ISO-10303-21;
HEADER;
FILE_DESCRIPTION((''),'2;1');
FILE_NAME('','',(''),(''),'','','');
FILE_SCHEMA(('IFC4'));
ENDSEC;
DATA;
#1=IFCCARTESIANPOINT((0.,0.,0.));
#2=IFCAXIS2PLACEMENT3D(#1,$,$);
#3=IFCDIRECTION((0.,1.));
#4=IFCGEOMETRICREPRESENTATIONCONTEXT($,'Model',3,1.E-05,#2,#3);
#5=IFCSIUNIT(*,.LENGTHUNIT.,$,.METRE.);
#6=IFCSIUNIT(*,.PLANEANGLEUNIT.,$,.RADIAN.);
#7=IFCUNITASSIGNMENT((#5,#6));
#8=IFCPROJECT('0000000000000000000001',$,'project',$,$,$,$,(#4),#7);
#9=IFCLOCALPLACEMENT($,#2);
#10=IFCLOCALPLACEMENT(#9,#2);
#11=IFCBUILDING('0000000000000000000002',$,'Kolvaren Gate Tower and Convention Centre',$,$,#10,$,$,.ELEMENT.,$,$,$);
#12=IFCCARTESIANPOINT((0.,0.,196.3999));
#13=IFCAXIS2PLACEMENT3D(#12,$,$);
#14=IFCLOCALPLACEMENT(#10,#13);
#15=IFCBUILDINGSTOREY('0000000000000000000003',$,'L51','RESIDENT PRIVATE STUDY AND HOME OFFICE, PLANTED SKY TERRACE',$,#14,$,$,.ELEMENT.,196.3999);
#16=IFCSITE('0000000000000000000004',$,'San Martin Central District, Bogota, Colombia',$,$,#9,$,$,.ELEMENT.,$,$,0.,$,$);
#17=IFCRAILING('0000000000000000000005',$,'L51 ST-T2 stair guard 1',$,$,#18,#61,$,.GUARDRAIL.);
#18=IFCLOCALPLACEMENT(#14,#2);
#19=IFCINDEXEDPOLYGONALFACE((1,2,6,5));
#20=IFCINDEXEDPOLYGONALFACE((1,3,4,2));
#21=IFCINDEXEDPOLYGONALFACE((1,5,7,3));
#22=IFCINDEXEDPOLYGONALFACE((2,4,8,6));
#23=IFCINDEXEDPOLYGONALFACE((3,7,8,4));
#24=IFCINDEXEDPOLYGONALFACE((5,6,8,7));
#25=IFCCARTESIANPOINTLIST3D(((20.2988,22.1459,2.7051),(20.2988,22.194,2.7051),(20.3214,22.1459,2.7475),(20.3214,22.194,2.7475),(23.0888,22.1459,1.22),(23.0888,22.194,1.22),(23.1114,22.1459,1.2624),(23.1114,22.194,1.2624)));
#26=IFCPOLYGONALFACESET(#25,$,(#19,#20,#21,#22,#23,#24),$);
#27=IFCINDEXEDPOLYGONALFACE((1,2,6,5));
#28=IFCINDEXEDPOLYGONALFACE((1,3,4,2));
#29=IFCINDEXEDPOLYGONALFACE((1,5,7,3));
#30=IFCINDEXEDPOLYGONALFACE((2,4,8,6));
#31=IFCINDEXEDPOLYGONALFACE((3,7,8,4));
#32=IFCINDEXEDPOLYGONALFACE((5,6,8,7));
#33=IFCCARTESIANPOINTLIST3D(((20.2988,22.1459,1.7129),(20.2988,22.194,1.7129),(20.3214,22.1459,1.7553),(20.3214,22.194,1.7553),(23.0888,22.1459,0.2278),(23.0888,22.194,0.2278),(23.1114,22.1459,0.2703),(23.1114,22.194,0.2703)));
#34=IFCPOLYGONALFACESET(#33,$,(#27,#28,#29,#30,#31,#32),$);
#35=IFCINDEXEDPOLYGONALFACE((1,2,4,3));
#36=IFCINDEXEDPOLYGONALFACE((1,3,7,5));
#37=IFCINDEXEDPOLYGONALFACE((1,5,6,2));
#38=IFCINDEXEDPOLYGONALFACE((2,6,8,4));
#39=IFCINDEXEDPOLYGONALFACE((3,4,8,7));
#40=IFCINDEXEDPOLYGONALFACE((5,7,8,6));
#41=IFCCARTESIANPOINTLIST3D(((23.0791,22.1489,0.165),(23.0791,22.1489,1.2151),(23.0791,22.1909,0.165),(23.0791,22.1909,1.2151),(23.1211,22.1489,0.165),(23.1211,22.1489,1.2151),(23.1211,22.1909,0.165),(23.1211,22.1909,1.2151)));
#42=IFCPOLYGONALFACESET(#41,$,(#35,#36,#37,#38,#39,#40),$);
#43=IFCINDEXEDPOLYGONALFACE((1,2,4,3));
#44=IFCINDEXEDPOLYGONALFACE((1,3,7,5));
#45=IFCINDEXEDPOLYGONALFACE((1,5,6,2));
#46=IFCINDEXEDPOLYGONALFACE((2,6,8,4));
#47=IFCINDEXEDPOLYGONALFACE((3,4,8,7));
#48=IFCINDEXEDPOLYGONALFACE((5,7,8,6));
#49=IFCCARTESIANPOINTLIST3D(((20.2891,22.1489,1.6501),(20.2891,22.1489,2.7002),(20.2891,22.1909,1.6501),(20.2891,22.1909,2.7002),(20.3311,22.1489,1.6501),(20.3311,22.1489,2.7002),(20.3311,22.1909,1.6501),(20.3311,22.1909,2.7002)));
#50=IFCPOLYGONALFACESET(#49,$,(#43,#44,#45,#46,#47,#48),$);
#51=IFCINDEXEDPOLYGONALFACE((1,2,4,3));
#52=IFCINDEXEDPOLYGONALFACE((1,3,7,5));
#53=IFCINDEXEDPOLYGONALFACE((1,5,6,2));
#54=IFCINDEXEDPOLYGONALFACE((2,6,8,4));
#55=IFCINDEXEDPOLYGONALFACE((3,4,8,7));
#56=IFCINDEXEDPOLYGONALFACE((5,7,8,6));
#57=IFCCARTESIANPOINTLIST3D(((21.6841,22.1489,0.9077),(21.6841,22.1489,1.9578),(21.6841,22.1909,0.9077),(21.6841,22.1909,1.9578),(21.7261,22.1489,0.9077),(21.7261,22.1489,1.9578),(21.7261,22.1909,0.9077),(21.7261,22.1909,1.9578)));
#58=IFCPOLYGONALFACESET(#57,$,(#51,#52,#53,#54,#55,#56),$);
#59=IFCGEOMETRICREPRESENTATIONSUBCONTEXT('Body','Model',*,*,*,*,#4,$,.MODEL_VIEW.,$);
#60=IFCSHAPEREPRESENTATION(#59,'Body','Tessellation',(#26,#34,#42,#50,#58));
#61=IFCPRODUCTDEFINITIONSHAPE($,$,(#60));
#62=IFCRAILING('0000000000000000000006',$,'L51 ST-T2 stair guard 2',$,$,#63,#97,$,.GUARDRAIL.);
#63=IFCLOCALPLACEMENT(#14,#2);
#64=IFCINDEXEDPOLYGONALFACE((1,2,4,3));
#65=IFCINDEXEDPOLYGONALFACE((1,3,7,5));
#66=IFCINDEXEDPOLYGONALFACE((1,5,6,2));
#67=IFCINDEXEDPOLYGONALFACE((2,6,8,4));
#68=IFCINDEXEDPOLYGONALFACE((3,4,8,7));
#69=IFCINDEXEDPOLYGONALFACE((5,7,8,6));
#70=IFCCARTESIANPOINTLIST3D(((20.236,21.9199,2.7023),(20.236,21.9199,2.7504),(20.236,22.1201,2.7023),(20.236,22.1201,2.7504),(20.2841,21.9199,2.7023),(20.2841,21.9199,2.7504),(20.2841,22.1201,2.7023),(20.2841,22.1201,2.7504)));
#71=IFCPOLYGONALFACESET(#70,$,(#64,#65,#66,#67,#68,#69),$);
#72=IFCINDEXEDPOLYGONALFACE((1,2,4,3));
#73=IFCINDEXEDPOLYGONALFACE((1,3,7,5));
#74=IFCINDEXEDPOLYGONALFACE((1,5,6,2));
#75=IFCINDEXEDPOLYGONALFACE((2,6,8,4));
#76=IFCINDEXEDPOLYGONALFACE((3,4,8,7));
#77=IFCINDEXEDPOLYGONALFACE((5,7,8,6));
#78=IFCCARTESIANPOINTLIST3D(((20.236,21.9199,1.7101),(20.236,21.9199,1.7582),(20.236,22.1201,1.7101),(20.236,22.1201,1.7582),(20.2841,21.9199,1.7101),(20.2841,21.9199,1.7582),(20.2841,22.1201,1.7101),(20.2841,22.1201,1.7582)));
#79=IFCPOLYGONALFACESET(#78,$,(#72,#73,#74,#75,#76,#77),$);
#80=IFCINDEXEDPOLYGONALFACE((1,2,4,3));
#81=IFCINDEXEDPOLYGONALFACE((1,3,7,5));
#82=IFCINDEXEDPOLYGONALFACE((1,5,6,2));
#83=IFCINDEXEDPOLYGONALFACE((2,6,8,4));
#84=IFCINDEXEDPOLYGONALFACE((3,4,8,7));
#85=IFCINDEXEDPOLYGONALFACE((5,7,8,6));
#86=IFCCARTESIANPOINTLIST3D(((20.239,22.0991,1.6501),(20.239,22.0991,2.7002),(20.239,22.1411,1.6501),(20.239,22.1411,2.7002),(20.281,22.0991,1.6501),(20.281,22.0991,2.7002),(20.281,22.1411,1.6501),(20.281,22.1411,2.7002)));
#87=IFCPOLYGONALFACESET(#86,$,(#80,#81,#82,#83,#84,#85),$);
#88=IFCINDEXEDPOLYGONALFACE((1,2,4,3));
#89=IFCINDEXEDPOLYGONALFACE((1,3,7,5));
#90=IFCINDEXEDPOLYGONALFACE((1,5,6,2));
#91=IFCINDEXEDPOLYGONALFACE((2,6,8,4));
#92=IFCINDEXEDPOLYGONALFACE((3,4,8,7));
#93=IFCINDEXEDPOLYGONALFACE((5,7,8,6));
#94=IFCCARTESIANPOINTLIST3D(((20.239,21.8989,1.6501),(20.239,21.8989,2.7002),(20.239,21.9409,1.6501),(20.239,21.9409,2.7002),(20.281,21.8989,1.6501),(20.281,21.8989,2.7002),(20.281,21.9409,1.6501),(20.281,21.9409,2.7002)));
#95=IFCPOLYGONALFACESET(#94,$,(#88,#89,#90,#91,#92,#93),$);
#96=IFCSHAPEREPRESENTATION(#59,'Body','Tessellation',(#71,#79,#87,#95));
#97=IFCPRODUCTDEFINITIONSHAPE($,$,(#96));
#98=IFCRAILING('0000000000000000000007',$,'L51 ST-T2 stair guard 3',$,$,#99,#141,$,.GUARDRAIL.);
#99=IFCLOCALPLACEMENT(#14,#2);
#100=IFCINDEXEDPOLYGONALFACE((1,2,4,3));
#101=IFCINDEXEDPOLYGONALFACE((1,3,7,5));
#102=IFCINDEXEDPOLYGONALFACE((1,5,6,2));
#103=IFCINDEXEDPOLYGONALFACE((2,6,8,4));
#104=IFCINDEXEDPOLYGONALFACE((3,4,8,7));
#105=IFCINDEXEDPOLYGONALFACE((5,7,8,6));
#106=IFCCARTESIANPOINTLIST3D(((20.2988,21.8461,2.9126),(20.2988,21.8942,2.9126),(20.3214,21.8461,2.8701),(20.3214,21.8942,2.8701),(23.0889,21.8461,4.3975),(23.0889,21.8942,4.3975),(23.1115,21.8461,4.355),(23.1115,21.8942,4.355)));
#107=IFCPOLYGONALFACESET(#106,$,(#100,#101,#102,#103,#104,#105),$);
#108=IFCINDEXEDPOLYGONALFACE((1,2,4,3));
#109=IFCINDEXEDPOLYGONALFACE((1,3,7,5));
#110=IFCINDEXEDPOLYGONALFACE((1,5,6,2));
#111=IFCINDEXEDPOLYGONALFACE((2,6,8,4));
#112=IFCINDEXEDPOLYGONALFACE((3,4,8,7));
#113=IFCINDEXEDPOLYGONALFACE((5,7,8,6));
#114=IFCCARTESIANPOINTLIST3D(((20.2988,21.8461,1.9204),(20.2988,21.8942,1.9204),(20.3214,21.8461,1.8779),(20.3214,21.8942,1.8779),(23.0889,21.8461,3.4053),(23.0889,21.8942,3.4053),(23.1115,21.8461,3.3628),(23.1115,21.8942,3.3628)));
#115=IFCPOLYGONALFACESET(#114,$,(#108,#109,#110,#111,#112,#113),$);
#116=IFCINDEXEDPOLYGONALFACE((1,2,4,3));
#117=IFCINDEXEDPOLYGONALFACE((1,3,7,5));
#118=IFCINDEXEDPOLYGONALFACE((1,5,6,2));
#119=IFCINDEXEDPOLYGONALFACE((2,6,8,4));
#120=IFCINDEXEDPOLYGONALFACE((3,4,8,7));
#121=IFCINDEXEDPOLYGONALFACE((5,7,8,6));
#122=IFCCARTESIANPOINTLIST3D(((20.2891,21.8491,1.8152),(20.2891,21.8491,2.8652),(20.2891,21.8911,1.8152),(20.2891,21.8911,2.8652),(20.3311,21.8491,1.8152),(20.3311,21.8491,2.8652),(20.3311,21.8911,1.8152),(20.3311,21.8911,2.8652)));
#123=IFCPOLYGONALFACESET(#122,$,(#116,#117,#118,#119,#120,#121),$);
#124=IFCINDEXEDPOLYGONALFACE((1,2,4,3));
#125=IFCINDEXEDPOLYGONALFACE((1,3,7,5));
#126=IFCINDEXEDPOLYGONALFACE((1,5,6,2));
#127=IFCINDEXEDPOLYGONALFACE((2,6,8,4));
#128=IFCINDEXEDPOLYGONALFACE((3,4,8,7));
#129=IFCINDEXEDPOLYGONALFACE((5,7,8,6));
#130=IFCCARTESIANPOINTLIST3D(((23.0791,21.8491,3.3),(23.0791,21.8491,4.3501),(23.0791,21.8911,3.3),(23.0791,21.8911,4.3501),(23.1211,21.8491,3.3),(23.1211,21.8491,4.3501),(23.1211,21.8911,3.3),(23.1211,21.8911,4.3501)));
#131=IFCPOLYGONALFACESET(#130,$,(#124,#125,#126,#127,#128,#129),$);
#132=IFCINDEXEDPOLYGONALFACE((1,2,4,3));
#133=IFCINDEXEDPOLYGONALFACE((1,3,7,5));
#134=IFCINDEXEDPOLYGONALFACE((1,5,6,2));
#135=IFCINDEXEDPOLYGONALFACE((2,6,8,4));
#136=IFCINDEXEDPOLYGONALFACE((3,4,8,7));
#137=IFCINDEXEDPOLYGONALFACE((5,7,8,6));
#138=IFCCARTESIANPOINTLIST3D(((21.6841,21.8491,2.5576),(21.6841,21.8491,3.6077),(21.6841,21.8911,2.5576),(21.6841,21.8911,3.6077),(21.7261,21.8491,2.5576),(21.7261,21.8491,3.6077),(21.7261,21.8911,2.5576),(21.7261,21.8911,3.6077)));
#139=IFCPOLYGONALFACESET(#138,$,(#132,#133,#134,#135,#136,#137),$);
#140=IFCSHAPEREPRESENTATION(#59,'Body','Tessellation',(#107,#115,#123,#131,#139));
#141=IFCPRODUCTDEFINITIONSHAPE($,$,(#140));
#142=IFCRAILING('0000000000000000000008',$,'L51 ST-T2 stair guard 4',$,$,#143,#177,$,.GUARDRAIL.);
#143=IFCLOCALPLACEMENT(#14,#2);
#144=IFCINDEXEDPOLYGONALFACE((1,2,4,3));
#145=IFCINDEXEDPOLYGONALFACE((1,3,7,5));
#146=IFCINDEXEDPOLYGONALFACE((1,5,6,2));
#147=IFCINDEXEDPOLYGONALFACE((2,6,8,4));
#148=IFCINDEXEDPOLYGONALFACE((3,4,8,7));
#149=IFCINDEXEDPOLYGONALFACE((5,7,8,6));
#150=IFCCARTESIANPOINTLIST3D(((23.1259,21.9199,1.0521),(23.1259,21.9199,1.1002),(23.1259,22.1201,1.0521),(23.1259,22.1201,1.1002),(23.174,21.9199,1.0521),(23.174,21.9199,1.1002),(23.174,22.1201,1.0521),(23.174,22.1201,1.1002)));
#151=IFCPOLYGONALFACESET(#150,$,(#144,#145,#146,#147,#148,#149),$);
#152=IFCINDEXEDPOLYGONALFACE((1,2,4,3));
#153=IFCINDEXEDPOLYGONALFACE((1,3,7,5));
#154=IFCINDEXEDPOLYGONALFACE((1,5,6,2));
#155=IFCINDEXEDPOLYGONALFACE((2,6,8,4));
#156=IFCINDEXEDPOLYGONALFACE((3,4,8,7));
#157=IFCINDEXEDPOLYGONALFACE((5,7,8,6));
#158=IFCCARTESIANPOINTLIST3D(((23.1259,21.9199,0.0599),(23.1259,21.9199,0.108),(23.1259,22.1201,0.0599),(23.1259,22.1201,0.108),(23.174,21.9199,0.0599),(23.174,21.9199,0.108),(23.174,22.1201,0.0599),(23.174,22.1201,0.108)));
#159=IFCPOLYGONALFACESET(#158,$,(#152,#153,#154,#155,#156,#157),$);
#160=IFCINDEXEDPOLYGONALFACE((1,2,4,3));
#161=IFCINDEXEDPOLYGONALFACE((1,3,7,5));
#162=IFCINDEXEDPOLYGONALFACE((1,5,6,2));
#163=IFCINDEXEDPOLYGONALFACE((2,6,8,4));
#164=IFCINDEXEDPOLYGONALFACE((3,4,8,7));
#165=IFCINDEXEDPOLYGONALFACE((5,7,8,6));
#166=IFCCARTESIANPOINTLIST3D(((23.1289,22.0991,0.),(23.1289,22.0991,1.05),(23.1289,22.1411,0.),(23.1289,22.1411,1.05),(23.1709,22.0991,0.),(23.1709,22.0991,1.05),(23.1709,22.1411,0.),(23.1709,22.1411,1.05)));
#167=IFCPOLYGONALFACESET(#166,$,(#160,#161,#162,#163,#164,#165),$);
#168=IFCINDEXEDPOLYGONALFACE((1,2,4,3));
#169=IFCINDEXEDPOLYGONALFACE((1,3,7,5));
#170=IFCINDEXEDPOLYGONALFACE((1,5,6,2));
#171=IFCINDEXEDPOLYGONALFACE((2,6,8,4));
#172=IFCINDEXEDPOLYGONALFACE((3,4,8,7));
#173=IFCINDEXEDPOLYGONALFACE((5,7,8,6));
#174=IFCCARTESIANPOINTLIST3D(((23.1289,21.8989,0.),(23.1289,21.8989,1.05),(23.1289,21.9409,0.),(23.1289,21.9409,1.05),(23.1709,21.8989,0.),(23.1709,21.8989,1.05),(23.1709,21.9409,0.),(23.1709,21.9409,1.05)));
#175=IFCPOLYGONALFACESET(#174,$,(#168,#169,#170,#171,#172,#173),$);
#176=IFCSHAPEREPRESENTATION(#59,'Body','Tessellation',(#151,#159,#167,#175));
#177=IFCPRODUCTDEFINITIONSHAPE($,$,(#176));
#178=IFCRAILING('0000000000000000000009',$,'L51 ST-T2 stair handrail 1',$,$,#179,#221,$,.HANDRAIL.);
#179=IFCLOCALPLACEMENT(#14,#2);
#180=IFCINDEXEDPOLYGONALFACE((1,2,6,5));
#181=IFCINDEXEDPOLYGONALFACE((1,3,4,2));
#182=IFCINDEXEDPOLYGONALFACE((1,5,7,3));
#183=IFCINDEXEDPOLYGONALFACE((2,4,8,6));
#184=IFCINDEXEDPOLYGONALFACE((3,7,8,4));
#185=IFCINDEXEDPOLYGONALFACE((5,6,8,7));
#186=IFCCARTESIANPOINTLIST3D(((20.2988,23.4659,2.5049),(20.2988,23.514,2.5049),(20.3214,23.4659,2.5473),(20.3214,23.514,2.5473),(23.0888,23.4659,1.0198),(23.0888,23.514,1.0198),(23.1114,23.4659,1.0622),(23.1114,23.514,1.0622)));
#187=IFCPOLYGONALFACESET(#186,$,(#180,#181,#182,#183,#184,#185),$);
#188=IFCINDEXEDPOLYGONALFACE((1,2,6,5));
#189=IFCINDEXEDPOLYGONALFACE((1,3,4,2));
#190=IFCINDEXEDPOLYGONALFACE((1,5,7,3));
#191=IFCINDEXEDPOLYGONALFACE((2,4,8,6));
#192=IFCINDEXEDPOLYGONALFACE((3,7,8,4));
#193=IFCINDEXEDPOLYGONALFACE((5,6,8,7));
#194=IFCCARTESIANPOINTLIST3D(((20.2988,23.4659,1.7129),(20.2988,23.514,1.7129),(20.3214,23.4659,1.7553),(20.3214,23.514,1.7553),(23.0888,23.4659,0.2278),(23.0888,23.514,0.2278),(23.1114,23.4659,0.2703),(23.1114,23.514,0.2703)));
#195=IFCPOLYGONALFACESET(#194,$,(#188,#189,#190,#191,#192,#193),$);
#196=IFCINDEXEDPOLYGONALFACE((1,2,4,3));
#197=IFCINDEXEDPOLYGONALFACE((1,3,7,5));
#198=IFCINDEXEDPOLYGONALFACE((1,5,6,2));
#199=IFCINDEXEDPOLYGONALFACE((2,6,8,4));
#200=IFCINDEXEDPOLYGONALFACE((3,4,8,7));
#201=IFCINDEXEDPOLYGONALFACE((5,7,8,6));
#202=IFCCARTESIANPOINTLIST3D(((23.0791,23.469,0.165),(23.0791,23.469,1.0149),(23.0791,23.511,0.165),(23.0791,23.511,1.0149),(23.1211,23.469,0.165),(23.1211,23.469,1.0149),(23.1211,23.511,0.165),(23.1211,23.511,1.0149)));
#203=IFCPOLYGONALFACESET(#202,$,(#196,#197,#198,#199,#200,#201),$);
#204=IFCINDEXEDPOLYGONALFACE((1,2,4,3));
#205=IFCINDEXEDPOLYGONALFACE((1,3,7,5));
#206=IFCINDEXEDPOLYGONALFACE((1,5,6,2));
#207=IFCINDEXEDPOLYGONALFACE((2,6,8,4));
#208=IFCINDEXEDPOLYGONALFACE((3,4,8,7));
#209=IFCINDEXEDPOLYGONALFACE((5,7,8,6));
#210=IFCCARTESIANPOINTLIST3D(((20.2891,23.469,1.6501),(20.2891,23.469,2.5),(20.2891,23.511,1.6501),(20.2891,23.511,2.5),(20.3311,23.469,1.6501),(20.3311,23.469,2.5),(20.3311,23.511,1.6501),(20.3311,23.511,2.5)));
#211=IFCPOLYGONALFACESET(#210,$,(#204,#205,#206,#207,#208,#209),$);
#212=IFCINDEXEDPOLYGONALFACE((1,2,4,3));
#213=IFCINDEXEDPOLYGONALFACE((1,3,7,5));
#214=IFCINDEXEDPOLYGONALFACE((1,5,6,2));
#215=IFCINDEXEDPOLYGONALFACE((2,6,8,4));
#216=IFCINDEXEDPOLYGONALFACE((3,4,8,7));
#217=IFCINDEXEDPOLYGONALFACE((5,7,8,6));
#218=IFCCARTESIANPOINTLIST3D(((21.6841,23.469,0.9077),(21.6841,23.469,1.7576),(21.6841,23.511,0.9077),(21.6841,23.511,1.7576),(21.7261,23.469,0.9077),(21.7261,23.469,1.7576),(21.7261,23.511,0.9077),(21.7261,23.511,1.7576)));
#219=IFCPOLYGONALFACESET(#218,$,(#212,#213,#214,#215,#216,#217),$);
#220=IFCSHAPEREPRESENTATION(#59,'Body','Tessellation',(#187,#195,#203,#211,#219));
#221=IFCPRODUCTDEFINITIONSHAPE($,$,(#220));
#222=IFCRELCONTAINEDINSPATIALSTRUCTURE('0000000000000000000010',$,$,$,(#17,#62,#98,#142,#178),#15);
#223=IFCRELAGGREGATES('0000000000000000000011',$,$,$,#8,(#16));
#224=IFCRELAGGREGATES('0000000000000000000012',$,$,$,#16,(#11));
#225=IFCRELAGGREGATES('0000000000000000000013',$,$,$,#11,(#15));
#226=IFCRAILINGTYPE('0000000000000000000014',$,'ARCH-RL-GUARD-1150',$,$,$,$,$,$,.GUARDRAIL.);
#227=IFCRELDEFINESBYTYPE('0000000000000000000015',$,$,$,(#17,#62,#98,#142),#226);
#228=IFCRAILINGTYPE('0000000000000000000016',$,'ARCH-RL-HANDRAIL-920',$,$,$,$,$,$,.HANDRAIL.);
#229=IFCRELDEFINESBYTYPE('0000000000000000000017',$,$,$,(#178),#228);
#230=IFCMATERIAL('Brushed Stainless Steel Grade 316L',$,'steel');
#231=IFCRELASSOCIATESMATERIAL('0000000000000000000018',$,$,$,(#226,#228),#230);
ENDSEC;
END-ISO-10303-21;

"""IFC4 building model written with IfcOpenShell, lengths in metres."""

from ifc_helpers import new_model, si_unit, direction, frame, origin, origin_2d, place, context, subcontext, project, spatial, rectangle, extrude, material, type_object, element, save


model = new_model("IFC4")

# Units and contexts
model_context = context("Model", 3, precision=1e-05, world=origin(), true_north=direction((0.0, 1.0)))
body_context = subcontext(model_context, "Body", "Model", "MODEL_VIEW")
ifc_project = project(units=[si_unit("LENGTHUNIT", "METRE"), si_unit("PLANEANGLEUNIT", "RADIAN")], contexts=[model_context])

# Site, building, storey
site_placement = place(None, origin())
site = spatial("IfcSite", under=ifc_project, at=site_placement, Name="San Martin Central District, Bogota, Colombia", CompositionType="ELEMENT", RefElevation=0.0)
building_placement = place(site_placement, origin())
building = spatial("IfcBuilding", under=site, at=building_placement, Name="Kolvaren Gate Tower and Convention Centre", CompositionType="ELEMENT")
storey_placement = place(building_placement, frame((0.0, 0.0, 196.3999)))
storey = spatial("IfcBuildingStorey", under=building, at=storey_placement, Name="L51", Description="RESIDENT PRIVATE STUDY AND HOME OFFICE, PLANTED SKY TERRACE", CompositionType="ELEMENT", Elevation=196.3999)

# Shared definitions
ifc_material_1 = material(Name="Brushed Stainless Steel Grade 316L", Category="steel")

# Railings
railing_type_1 = type_object("IfcRailingType", Name="ARCH-RL-GUARD-1150", PredefinedType="GUARDRAIL", material=ifc_material_1)
railing_1_placement = place(storey_placement, frame((23.1001, 22.1699, 0.165)))
element("IfcRailing", 1, at=railing_1_placement, inside=storey, type_object=railing_type_1, Name="L51 ST-T2 stair guard 1", PredefinedType="GUARDRAIL", context=body_context, shape_type="SweptSolid", body=[
    extrude(rectangle(XDim=0.0481, YDim=0.0481, at=origin_2d()), frame((0.0, 0.0, 1.0762), z_axis=(-0.882735, 0.0, 0.46987), x_axis=(0.0, -1.0, 0.0)), (0.0, 0.0, 1.0), 3.1606),
    extrude(rectangle(XDim=0.0481, YDim=0.0481, at=origin_2d()), frame((0.0, 0.0, 0.084), z_axis=(-0.882735, 0.0, 0.46987), x_axis=(0.0, -1.0, 0.0)), (0.0, 0.0, 1.0), 3.1606),
    extrude(rectangle(XDim=0.042, YDim=0.042, at=origin_2d()), origin(), (0.0, 0.0, 1.0), 1.05),
    extrude(rectangle(XDim=0.042, YDim=0.042, at=origin_2d()), frame((-2.79, 0.0, 1.4851)), (0.0, 0.0, 1.0), 1.05),
    extrude(rectangle(XDim=0.042, YDim=0.042, at=origin_2d()), frame((-1.395, 0.0, 0.7427)), (0.0, 0.0, 1.0), 1.05),
])
railing_2_placement = place(storey_placement, frame((20.26, 22.1201, 1.6501)))
element("IfcRailing", 2, at=railing_2_placement, inside=storey, type_object=railing_type_1, Name="L51 ST-T2 stair guard 2", PredefinedType="GUARDRAIL", context=body_context, shape_type="SweptSolid", body=[
    extrude(rectangle(XDim=0.0481, YDim=0.0481, at=origin_2d()), frame((0.0, 0.0, 1.0762), z_axis=(0.0, -1.0, 0.0), x_axis=(1.0, 0.0, 0.0)), (0.0, 0.0, 1.0), 0.2002),
    extrude(rectangle(XDim=0.0481, YDim=0.0481, at=origin_2d()), frame((0.0, 0.0, 0.084), z_axis=(0.0, -1.0, 0.0), x_axis=(1.0, 0.0, 0.0)), (0.0, 0.0, 1.0), 0.2002),
    extrude(rectangle(XDim=0.042, YDim=0.042, at=origin_2d()), origin(), (0.0, 0.0, 1.0), 1.05),
    extrude(rectangle(XDim=0.042, YDim=0.042, at=origin_2d()), frame((0.0, -0.2002, 0.0)), (0.0, 0.0, 1.0), 1.05),
])
railing_3_placement = place(storey_placement, frame((20.3101, 21.8701, 1.8152)))
element("IfcRailing", 3, at=railing_3_placement, inside=storey, type_object=railing_type_1, Name="L51 ST-T2 stair guard 3", PredefinedType="GUARDRAIL", context=body_context, shape_type="SweptSolid", body=[
    extrude(rectangle(XDim=0.0481, YDim=0.0481, at=origin_2d()), frame((0.0, 0.0, 1.0762), z_axis=(0.882767, 0.0, 0.46981), x_axis=(0.0, 1.0, 0.0)), (0.0, 0.0, 1.0), 3.1606),
    extrude(rectangle(XDim=0.0481, YDim=0.0481, at=origin_2d()), frame((0.0, 0.0, 0.084), z_axis=(0.882767, 0.0, 0.46981), x_axis=(0.0, 1.0, 0.0)), (0.0, 0.0, 1.0), 3.1606),
    extrude(rectangle(XDim=0.042, YDim=0.042, at=origin_2d()), origin(), (0.0, 0.0, 1.0), 1.05),
    extrude(rectangle(XDim=0.042, YDim=0.042, at=origin_2d()), frame((2.79, 0.0, 1.4849)), (0.0, 0.0, 1.0), 1.05),
    extrude(rectangle(XDim=0.042, YDim=0.042, at=origin_2d()), frame((1.395, 0.0, 0.7424)), (0.0, 0.0, 1.0), 1.05),
])
railing_4_placement = place(storey_placement, frame((23.1499, 22.1201, 0.0)))
element("IfcRailing", 4, at=railing_4_placement, inside=storey, type_object=railing_type_1, Name="L51 ST-T2 stair guard 4", PredefinedType="GUARDRAIL", context=body_context, shape_type="SweptSolid", body=[
    extrude(rectangle(XDim=0.0481, YDim=0.0481, at=origin_2d()), frame((0.0, 0.0, 1.0762), z_axis=(0.0, -1.0, 0.0), x_axis=(1.0, 0.0, 0.0)), (0.0, 0.0, 1.0), 0.2002),
    extrude(rectangle(XDim=0.0481, YDim=0.0481, at=origin_2d()), frame((0.0, 0.0, 0.084), z_axis=(0.0, -1.0, 0.0), x_axis=(1.0, 0.0, 0.0)), (0.0, 0.0, 1.0), 0.2002),
    extrude(rectangle(XDim=0.042, YDim=0.042, at=origin_2d()), origin(), (0.0, 0.0, 1.0), 1.05),
    extrude(rectangle(XDim=0.042, YDim=0.042, at=origin_2d()), frame((0.0, -0.2002, 0.0)), (0.0, 0.0, 1.0), 1.05),
])
railing_type_2 = type_object("IfcRailingType", Name="ARCH-RL-HANDRAIL-920", PredefinedType="HANDRAIL", material=ifc_material_1)
railing_5_placement = place(storey_placement, frame((23.1001, 23.49, 0.165)))
element("IfcRailing", 5, at=railing_5_placement, inside=storey, type_object=railing_type_2, Name="L51 ST-T2 stair handrail 1", PredefinedType="HANDRAIL", context=body_context, shape_type="SweptSolid", body=[
    extrude(rectangle(XDim=0.0481, YDim=0.0481, at=origin_2d()), frame((0.0, 0.0, 0.876), z_axis=(-0.882735, 0.0, 0.46987), x_axis=(0.0, -1.0, 0.0)), (0.0, 0.0, 1.0), 3.1606),
    extrude(rectangle(XDim=0.0481, YDim=0.0481, at=origin_2d()), frame((0.0, 0.0, 0.084), z_axis=(-0.882735, 0.0, 0.46987), x_axis=(0.0, -1.0, 0.0)), (0.0, 0.0, 1.0), 3.1606),
    extrude(rectangle(XDim=0.042, YDim=0.042, at=origin_2d()), origin(), (0.0, 0.0, 1.0), 0.8499),
    extrude(rectangle(XDim=0.042, YDim=0.042, at=origin_2d()), frame((-2.79, 0.0, 1.4851)), (0.0, 0.0, 1.0), 0.8499),
    extrude(rectangle(XDim=0.042, YDim=0.042, at=origin_2d()), frame((-1.395, 0.0, 0.7427)), (0.0, 0.0, 1.0), 0.8499),
])

save(model, "model.ifc")
